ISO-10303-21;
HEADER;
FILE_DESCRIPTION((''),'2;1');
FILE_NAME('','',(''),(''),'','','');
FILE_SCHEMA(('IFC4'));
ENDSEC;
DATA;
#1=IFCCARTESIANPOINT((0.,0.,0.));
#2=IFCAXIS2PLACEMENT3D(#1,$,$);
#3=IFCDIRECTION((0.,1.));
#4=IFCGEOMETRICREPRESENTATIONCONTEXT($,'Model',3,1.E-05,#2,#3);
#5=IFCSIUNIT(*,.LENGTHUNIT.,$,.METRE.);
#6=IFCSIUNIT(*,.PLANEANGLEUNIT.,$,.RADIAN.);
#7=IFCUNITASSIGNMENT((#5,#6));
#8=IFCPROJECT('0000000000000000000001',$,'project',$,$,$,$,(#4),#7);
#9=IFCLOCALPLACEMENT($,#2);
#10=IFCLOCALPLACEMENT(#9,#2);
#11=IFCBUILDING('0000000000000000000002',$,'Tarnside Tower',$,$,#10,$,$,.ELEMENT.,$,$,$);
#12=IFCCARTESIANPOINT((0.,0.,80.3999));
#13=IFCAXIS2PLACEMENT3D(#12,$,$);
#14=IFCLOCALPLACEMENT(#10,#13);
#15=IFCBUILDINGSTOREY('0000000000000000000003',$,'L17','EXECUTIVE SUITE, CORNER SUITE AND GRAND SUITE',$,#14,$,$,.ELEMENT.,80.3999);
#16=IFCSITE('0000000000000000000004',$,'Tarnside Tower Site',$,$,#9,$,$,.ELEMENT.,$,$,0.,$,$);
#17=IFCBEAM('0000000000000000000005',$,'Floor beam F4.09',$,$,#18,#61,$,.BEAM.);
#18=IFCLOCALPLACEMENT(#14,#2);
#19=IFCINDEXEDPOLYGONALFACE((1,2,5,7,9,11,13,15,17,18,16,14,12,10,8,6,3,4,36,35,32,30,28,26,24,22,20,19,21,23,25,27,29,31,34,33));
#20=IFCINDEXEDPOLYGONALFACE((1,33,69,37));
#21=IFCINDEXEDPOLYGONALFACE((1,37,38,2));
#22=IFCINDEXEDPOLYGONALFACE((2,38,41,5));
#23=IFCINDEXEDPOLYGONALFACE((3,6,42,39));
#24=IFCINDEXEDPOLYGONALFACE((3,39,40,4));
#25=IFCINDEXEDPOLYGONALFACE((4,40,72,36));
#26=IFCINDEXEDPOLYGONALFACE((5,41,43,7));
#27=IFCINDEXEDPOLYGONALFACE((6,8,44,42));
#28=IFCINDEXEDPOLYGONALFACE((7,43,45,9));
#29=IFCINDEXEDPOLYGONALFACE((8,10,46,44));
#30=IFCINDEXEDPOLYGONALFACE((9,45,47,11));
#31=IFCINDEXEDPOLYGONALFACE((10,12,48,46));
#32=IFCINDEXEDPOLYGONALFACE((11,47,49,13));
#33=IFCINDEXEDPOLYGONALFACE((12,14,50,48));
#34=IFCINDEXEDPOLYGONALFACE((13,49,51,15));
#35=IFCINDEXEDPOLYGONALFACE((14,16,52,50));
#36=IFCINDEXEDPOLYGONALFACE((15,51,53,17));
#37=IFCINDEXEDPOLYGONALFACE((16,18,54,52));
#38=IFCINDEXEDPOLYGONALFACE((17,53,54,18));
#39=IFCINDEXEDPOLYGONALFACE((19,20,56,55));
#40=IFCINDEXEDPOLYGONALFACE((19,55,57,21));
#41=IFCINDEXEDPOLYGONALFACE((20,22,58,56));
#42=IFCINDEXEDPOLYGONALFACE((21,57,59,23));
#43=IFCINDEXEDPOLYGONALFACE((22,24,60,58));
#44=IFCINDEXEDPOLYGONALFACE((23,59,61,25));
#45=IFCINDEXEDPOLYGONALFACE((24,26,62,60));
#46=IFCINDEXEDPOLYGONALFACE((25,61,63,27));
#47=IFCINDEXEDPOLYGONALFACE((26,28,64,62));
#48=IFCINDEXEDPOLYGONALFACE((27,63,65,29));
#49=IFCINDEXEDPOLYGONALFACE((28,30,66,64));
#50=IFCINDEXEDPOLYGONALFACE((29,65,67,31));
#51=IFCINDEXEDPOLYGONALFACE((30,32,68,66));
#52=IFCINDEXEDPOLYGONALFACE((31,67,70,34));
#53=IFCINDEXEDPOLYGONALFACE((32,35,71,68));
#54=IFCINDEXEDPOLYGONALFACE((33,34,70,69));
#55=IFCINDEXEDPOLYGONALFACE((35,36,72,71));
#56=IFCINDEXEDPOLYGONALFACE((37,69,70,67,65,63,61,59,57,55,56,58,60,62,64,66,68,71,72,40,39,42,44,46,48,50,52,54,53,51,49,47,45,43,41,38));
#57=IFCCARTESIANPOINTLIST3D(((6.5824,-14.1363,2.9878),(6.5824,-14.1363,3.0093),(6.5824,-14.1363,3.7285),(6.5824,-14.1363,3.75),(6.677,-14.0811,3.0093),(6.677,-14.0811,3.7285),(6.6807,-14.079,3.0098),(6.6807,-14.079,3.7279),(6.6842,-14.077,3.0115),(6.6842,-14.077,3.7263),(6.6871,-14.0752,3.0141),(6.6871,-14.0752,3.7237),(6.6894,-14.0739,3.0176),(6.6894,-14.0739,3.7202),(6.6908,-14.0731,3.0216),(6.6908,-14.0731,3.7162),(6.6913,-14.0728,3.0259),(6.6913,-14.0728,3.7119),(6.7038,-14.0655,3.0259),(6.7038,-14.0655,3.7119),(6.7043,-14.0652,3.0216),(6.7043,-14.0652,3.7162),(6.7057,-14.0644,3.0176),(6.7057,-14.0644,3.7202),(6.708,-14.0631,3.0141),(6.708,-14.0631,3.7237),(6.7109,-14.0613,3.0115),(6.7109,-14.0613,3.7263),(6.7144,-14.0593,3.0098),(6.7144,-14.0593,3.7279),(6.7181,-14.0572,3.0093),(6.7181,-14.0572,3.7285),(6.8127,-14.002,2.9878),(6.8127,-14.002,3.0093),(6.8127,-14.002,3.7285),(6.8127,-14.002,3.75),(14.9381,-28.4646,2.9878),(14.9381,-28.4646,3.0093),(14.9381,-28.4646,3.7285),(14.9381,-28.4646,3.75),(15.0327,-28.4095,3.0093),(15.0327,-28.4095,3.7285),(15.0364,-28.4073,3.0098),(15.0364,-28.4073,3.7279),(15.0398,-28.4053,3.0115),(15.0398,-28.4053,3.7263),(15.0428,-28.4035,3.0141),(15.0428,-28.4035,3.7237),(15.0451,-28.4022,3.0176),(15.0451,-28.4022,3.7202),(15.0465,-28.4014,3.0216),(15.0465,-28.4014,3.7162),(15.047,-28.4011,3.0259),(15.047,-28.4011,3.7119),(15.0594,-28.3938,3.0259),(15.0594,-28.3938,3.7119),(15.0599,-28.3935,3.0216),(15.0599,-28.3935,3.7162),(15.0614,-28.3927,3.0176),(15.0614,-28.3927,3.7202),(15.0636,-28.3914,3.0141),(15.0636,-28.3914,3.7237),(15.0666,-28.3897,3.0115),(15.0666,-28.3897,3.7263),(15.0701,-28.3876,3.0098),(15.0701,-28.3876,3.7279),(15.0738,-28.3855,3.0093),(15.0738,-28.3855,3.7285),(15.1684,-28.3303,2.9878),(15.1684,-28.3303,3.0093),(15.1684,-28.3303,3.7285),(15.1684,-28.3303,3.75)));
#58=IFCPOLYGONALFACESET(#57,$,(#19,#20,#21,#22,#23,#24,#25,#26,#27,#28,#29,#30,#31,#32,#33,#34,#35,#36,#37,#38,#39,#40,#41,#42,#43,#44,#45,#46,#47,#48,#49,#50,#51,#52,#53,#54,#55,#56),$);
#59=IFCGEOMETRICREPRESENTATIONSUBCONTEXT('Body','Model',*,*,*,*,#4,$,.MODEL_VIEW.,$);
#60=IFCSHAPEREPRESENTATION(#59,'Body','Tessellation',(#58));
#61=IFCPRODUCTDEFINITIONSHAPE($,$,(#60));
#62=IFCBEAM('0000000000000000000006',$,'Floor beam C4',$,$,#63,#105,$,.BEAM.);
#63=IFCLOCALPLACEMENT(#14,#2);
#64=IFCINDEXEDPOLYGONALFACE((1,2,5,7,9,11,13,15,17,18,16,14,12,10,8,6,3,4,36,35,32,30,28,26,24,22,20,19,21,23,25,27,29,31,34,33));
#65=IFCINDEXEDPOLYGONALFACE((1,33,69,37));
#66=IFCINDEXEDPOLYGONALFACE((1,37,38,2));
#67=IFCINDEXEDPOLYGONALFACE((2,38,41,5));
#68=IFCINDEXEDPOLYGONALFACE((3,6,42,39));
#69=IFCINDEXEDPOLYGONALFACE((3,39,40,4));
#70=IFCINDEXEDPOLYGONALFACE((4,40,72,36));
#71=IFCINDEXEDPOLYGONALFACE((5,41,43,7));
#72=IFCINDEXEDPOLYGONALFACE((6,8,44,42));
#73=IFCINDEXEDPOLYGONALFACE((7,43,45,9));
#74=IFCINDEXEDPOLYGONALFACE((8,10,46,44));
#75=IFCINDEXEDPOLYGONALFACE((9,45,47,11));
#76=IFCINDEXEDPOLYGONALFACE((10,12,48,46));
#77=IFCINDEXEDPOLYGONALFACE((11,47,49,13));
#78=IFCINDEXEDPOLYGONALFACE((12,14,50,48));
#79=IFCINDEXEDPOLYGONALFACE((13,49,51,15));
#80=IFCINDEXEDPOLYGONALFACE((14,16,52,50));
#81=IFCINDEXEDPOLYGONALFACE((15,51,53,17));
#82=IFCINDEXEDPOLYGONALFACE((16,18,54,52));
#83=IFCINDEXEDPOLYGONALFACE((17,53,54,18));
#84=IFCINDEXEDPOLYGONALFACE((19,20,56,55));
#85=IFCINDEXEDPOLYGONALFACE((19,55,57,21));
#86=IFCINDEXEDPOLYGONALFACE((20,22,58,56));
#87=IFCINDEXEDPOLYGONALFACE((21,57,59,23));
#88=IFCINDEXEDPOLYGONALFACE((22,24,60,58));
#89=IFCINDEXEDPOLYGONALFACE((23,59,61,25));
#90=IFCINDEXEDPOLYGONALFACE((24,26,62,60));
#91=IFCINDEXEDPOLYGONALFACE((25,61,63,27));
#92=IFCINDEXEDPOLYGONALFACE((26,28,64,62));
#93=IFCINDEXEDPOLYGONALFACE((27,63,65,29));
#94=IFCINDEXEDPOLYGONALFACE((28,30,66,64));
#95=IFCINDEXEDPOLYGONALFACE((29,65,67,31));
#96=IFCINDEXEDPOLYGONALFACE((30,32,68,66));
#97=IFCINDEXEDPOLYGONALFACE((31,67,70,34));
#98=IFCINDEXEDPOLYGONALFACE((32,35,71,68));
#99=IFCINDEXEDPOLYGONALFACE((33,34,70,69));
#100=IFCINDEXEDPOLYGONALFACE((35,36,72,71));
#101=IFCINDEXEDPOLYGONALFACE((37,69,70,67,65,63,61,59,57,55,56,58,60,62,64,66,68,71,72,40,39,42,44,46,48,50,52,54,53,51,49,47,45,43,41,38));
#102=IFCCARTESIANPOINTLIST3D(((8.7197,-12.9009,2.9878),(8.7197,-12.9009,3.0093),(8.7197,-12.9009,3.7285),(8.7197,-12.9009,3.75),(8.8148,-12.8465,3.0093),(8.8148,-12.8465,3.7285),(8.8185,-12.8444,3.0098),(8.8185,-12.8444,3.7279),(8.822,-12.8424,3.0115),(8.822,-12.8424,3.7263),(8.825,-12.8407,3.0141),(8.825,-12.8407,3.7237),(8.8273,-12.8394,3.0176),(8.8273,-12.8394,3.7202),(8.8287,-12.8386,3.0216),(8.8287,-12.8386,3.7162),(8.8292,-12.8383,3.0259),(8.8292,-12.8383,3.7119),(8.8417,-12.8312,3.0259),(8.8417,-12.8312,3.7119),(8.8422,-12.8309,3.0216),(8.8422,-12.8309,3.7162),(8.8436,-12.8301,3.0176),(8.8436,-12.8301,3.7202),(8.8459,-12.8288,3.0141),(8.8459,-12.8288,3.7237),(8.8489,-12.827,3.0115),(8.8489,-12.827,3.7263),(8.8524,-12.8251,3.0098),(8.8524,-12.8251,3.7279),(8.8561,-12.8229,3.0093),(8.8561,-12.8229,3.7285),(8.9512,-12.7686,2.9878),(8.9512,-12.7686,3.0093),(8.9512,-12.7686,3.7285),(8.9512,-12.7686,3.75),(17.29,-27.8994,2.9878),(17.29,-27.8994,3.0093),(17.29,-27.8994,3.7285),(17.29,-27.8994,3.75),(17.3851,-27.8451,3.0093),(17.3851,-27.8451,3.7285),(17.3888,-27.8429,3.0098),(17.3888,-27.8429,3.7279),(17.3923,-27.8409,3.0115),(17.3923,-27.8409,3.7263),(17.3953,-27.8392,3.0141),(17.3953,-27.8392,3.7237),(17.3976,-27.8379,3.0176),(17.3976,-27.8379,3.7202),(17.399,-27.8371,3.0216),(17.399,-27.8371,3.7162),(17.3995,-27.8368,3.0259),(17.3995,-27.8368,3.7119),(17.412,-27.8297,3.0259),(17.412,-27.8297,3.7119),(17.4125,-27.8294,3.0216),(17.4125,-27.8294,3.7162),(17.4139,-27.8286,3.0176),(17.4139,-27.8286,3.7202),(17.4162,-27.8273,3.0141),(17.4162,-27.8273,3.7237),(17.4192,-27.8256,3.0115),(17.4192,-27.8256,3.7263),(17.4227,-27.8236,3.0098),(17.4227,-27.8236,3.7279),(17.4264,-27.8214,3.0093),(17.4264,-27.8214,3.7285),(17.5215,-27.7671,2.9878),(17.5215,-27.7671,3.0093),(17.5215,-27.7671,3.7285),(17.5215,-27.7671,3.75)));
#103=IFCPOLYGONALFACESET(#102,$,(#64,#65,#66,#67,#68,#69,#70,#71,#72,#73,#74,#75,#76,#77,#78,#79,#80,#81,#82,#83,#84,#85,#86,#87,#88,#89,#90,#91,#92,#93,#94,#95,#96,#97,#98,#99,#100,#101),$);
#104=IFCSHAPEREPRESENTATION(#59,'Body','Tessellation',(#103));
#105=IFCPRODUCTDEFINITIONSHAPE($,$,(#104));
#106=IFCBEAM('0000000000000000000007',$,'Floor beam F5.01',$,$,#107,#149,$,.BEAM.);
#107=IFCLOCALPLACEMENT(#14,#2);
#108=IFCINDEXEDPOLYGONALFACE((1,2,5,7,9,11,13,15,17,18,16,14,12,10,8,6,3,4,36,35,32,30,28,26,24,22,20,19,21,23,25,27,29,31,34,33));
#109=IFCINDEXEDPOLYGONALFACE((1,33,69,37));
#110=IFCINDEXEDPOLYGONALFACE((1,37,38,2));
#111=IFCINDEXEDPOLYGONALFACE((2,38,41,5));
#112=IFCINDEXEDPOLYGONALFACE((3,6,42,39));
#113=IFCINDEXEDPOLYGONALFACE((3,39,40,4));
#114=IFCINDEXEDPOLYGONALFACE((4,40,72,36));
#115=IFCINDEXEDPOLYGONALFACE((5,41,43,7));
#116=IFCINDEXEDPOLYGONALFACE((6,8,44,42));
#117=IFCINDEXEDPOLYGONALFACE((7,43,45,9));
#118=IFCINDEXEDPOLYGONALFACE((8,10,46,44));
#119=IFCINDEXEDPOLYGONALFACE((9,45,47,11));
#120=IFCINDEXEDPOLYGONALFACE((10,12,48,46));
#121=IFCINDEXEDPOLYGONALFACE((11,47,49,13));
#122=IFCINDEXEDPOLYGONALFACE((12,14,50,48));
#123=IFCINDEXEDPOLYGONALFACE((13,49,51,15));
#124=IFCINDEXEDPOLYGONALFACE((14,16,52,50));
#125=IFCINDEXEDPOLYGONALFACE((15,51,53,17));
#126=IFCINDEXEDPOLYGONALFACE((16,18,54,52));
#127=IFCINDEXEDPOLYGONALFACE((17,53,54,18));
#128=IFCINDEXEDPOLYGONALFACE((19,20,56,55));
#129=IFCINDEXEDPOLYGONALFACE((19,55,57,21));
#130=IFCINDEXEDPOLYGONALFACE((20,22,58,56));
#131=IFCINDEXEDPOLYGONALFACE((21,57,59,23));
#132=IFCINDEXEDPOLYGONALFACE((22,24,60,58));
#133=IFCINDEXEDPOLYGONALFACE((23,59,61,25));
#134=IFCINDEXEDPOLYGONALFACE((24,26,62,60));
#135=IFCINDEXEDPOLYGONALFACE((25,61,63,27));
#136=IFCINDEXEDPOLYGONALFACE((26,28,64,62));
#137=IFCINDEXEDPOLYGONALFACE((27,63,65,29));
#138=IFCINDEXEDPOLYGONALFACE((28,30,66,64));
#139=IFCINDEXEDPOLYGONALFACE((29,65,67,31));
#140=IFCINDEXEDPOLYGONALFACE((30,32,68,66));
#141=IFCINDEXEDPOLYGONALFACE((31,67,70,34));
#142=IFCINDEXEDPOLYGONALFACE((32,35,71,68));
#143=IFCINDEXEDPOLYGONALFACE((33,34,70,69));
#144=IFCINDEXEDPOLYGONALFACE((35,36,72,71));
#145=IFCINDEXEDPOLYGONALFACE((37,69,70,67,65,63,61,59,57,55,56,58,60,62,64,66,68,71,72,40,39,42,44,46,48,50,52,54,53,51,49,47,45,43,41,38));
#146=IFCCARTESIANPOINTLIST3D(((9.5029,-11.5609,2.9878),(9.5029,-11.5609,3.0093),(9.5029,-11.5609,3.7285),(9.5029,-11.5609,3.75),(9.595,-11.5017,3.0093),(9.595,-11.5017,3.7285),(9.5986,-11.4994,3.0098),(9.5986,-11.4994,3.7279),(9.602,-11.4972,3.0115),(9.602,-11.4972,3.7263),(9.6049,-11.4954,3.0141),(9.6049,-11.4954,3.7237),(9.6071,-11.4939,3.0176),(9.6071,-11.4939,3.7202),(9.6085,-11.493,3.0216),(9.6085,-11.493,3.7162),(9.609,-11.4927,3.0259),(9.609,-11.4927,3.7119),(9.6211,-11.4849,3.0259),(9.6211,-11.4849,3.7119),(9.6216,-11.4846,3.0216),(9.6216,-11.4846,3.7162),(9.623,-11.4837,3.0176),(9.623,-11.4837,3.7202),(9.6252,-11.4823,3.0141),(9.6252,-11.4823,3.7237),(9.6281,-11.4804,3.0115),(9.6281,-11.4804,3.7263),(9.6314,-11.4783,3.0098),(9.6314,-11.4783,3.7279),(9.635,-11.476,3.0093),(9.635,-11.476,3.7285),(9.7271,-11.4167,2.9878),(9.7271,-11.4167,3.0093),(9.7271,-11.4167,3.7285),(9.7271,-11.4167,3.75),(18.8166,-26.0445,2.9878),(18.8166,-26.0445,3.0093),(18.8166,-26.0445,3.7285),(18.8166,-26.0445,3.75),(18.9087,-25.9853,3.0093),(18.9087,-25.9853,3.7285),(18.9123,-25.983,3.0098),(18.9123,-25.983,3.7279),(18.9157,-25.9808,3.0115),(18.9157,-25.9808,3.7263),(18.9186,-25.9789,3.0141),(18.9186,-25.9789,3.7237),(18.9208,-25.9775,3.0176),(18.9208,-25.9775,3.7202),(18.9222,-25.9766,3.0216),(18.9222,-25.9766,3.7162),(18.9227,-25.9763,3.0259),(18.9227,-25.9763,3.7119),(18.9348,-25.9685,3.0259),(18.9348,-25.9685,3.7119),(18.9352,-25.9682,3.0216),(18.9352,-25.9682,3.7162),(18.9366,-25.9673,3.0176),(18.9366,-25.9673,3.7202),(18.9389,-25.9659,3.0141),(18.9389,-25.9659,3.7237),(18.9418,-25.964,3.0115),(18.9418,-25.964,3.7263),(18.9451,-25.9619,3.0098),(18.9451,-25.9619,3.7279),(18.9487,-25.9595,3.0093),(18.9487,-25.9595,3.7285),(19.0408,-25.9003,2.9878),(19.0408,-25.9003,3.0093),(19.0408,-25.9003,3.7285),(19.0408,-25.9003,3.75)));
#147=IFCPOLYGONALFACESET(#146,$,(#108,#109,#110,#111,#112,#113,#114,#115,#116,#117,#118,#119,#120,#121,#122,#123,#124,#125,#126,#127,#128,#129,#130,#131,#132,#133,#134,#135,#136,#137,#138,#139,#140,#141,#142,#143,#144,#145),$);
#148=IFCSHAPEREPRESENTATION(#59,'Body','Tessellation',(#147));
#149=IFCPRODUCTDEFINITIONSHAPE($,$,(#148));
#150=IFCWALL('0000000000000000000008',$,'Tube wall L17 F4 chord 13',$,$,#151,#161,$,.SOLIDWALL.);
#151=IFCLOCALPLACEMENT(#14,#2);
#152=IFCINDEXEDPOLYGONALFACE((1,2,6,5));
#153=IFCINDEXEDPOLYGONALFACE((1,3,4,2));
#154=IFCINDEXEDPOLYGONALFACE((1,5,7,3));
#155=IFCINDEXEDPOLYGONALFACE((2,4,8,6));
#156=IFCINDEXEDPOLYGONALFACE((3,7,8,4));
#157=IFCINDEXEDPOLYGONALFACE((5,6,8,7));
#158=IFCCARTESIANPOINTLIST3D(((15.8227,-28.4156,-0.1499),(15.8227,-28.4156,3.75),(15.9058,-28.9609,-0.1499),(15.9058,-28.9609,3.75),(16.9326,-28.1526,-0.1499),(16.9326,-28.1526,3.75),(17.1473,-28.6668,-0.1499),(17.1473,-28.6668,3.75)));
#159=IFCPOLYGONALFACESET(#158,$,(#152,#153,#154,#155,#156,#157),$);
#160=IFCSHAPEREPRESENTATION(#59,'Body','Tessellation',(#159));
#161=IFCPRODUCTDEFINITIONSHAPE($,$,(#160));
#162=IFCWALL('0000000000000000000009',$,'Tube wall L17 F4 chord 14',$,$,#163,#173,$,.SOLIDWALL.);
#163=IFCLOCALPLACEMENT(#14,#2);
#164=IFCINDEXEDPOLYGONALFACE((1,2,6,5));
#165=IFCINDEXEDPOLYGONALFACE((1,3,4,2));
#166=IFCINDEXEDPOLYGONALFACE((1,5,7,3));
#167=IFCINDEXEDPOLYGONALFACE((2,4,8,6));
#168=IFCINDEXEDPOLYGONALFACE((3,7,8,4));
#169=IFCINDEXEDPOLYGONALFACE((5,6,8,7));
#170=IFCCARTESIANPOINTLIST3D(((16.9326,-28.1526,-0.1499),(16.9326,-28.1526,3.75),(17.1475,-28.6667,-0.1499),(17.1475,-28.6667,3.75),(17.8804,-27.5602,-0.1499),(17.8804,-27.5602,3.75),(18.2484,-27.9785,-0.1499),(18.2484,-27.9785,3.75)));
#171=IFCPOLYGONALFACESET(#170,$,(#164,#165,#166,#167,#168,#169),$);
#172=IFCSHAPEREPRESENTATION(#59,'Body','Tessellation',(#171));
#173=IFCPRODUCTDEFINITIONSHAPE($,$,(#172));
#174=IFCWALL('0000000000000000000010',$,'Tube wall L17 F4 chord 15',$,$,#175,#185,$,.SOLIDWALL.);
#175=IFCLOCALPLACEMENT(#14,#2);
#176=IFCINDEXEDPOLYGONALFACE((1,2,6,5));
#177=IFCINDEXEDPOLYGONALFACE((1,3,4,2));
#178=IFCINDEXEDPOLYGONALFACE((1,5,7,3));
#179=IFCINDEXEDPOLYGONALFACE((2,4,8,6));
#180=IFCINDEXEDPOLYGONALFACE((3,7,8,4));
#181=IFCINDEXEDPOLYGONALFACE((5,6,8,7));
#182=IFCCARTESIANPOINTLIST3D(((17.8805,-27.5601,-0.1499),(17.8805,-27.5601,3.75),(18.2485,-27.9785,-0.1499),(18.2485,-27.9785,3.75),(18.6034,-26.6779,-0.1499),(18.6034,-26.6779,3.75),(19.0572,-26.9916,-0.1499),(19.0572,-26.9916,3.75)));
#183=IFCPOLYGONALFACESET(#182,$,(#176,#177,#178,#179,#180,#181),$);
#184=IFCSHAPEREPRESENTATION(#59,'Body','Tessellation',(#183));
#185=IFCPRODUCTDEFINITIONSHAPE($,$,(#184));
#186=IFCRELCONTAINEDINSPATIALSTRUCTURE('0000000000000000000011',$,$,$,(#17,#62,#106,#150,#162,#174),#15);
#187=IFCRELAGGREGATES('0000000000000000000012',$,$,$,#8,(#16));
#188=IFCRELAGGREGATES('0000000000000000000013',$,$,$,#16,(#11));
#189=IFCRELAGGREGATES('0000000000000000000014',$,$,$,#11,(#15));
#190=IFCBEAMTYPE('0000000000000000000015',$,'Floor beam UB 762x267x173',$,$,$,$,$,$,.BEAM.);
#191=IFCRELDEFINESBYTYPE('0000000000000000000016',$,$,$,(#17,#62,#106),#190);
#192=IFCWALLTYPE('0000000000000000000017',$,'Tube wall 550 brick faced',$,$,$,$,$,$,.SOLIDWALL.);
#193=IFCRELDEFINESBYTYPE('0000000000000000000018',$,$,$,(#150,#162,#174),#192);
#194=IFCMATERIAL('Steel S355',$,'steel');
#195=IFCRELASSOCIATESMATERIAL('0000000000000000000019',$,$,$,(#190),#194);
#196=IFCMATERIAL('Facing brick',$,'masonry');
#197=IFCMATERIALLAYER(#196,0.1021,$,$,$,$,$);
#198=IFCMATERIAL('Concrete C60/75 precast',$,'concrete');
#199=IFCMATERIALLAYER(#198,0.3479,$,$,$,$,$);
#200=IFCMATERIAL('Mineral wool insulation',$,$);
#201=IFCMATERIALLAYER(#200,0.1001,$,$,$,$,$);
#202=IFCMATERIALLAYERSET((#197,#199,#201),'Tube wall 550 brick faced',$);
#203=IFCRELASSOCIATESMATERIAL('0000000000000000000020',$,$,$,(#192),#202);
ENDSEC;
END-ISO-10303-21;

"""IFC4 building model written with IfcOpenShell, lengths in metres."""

from ifc_helpers import new_model, si_unit, direction, frame, origin, origin_2d, place, context, subcontext, project, spatial, polyline, i_section, outline, extrude, material, layer, layer_set, material_profile, profile_set, type_object, element, save


model = new_model("IFC4")

# Units and contexts
model_context = context("Model", 3, precision=1e-05, world=origin(), true_north=direction((0.0, 1.0)))
body_context = subcontext(model_context, "Body", "Model", "MODEL_VIEW")
ifc_project = project(units=[si_unit("LENGTHUNIT", "METRE"), si_unit("PLANEANGLEUNIT", "RADIAN")], contexts=[model_context])

# Site, building, storey
site_placement = place(None, origin())
site = spatial("IfcSite", under=ifc_project, at=site_placement, Name="Tarnside Tower Site", CompositionType="ELEMENT", RefElevation=0.0)
building_placement = place(site_placement, origin())
building = spatial("IfcBuilding", under=site, at=building_placement, Name="Tarnside Tower", CompositionType="ELEMENT")
storey_placement = place(building_placement, frame((0.0, 0.0, 80.3999)))
storey = spatial("IfcBuildingStorey", under=building, at=storey_placement, Name="L17", Description="EXECUTIVE SUITE, CORNER SUITE AND GRAND SUITE", CompositionType="ELEMENT", Elevation=80.3999)

# Beams
ifc_material_1 = material(Name="Steel S355", Category="steel")
ifc_material_profile = material_profile(ifc_material_1, i_section(OverallWidth=0.2666, OverallDepth=0.7622, WebThickness=0.0144, FlangeThickness=0.0215, FilletRadius=0.0166, at=origin_2d()), Name="UB 762x267x173")
ifc_profile_set = profile_set([ifc_material_profile], Name="Steel S355")
beam_type = type_object("IfcBeamType", Name="Floor beam UB 762x267x173", PredefinedType="BEAM", material=ifc_profile_set)
beam_1_placement = place(storey_placement, frame((15.0532, -28.3975, 3.3689), z_axis=(-0.503758, 0.863845, 0.0), x_axis=(-0.863845, -0.503758, 0.0)))
element("IfcBeam", 1, at=beam_1_placement, inside=storey, type_object=beam_type, Name="Floor beam F4.09", PredefinedType="BEAM", context=body_context, shape_type="SweptSolid", body=[
    extrude(i_section(OverallWidth=0.2666, OverallDepth=0.7622, WebThickness=0.0144, FlangeThickness=0.0215, FilletRadius=0.0166, at=origin_2d()), origin(), (0.0, 0.0, 1.0), 16.5867),
])
beam_2_placement = place(storey_placement, frame((17.4058, -27.8333, 3.3689), z_axis=(-0.496127, 0.86825, 0.0), x_axis=(-0.86825, -0.496127, 0.0)))
element("IfcBeam", 2, at=beam_2_placement, inside=storey, type_object=beam_type, Name="Floor beam C4", PredefinedType="BEAM", context=body_context, shape_type="SweptSolid", body=[
    extrude(i_section(OverallWidth=0.2666, OverallDepth=0.7622, WebThickness=0.0144, FlangeThickness=0.0215, FilletRadius=0.0166, at=origin_2d()), origin(), (0.0, 0.0, 1.0), 17.2744),
])
beam_3_placement = place(storey_placement, frame((18.9287, -25.9724, 3.3689), z_axis=(-0.540873, 0.841104, 0.0), x_axis=(-0.841104, -0.540873, 0.0)))
element("IfcBeam", 3, at=beam_3_placement, inside=storey, type_object=beam_type, Name="Floor beam F5.01", PredefinedType="BEAM", context=body_context, shape_type="SweptSolid", body=[
    extrude(i_section(OverallWidth=0.2666, OverallDepth=0.7622, WebThickness=0.0144, FlangeThickness=0.0215, FilletRadius=0.0166, at=origin_2d()), origin(), (0.0, 0.0, 1.0), 17.2197),
])

# Walls
ifc_material_2 = material(Name="Facing brick", Category="masonry")
ifc_layer_1 = layer(ifc_material_2, 0.1021)
ifc_material_3 = material(Name="Concrete C60/75 precast", Category="concrete")
ifc_layer_2 = layer(ifc_material_3, 0.3479)
ifc_material_4 = material(Name="Mineral wool insulation")
ifc_layer_3 = layer(ifc_material_4, 0.1001)
ifc_layer_set_1 = layer_set([ifc_layer_1, ifc_layer_2, ifc_layer_3], Name="Tube wall 550 brick faced")
wall_type = type_object("IfcWallType", Name="Tube wall 550 brick faced", PredefinedType="SOLIDWALL", material=ifc_layer_set_1)
wall_1_placement = place(storey_placement, frame((15.8643, -28.6882, -0.1499), z_axis=(0.0, 0.0, 1.0), x_axis=(0.973064, 0.230537, 0.0)))
element("IfcWall", 4, at=wall_1_placement, inside=storey, type_object=wall_type, Name="Tube wall L17 F4 chord 13", PredefinedType="SOLIDWALL", context=body_context, shape_type="SweptSolid", body=[
    extrude(outline(polyline([(-0.0225, -0.2749), (1.2534, -0.2749), (1.1631, 0.2749), (0.0225, 0.2749), (-0.0225, -0.2749)])), origin(), (0.0, 0.0, 1.0), 3.8999),
])
wall_2_placement = place(storey_placement, frame((17.04, -28.4097, -0.1499), z_axis=(0.0, 0.0, 1.0), x_axis=(0.847953, 0.530072, 0.0)))
element("IfcWall", 5, at=wall_2_placement, inside=storey, type_object=wall_type, Name="Tube wall L17 F4 chord 14", PredefinedType="SOLIDWALL", context=body_context, shape_type="SweptSolid", body=[
    extrude(outline(polyline([(-0.0452, -0.2749), (1.2532, -0.2749), (1.1628, 0.2749), (0.0452, 0.2749), (-0.0452, -0.2749)])), origin(), (0.0, 0.0, 1.0), 3.8999),
])
wall_3_placement = place(storey_placement, frame((18.0645, -27.7693, -0.1499), z_axis=(0.0, 0.0, 1.0), x_axis=(0.633843, 0.773462, 0.0)))
element("IfcWall", 6, at=wall_3_placement, inside=storey, type_object=wall_type, Name="Tube wall L17 F4 chord 15", PredefinedType="SOLIDWALL", context=body_context, shape_type="SweptSolid", body=[
    extrude(outline(polyline([(-0.0452, -0.2749), (1.2307, -0.2749), (1.1858, 0.2749), (0.0452, 0.2749), (-0.0452, -0.2749)])), origin(), (0.0, 0.0, 1.0), 3.8999),
])

save(model, "model.ifc")
